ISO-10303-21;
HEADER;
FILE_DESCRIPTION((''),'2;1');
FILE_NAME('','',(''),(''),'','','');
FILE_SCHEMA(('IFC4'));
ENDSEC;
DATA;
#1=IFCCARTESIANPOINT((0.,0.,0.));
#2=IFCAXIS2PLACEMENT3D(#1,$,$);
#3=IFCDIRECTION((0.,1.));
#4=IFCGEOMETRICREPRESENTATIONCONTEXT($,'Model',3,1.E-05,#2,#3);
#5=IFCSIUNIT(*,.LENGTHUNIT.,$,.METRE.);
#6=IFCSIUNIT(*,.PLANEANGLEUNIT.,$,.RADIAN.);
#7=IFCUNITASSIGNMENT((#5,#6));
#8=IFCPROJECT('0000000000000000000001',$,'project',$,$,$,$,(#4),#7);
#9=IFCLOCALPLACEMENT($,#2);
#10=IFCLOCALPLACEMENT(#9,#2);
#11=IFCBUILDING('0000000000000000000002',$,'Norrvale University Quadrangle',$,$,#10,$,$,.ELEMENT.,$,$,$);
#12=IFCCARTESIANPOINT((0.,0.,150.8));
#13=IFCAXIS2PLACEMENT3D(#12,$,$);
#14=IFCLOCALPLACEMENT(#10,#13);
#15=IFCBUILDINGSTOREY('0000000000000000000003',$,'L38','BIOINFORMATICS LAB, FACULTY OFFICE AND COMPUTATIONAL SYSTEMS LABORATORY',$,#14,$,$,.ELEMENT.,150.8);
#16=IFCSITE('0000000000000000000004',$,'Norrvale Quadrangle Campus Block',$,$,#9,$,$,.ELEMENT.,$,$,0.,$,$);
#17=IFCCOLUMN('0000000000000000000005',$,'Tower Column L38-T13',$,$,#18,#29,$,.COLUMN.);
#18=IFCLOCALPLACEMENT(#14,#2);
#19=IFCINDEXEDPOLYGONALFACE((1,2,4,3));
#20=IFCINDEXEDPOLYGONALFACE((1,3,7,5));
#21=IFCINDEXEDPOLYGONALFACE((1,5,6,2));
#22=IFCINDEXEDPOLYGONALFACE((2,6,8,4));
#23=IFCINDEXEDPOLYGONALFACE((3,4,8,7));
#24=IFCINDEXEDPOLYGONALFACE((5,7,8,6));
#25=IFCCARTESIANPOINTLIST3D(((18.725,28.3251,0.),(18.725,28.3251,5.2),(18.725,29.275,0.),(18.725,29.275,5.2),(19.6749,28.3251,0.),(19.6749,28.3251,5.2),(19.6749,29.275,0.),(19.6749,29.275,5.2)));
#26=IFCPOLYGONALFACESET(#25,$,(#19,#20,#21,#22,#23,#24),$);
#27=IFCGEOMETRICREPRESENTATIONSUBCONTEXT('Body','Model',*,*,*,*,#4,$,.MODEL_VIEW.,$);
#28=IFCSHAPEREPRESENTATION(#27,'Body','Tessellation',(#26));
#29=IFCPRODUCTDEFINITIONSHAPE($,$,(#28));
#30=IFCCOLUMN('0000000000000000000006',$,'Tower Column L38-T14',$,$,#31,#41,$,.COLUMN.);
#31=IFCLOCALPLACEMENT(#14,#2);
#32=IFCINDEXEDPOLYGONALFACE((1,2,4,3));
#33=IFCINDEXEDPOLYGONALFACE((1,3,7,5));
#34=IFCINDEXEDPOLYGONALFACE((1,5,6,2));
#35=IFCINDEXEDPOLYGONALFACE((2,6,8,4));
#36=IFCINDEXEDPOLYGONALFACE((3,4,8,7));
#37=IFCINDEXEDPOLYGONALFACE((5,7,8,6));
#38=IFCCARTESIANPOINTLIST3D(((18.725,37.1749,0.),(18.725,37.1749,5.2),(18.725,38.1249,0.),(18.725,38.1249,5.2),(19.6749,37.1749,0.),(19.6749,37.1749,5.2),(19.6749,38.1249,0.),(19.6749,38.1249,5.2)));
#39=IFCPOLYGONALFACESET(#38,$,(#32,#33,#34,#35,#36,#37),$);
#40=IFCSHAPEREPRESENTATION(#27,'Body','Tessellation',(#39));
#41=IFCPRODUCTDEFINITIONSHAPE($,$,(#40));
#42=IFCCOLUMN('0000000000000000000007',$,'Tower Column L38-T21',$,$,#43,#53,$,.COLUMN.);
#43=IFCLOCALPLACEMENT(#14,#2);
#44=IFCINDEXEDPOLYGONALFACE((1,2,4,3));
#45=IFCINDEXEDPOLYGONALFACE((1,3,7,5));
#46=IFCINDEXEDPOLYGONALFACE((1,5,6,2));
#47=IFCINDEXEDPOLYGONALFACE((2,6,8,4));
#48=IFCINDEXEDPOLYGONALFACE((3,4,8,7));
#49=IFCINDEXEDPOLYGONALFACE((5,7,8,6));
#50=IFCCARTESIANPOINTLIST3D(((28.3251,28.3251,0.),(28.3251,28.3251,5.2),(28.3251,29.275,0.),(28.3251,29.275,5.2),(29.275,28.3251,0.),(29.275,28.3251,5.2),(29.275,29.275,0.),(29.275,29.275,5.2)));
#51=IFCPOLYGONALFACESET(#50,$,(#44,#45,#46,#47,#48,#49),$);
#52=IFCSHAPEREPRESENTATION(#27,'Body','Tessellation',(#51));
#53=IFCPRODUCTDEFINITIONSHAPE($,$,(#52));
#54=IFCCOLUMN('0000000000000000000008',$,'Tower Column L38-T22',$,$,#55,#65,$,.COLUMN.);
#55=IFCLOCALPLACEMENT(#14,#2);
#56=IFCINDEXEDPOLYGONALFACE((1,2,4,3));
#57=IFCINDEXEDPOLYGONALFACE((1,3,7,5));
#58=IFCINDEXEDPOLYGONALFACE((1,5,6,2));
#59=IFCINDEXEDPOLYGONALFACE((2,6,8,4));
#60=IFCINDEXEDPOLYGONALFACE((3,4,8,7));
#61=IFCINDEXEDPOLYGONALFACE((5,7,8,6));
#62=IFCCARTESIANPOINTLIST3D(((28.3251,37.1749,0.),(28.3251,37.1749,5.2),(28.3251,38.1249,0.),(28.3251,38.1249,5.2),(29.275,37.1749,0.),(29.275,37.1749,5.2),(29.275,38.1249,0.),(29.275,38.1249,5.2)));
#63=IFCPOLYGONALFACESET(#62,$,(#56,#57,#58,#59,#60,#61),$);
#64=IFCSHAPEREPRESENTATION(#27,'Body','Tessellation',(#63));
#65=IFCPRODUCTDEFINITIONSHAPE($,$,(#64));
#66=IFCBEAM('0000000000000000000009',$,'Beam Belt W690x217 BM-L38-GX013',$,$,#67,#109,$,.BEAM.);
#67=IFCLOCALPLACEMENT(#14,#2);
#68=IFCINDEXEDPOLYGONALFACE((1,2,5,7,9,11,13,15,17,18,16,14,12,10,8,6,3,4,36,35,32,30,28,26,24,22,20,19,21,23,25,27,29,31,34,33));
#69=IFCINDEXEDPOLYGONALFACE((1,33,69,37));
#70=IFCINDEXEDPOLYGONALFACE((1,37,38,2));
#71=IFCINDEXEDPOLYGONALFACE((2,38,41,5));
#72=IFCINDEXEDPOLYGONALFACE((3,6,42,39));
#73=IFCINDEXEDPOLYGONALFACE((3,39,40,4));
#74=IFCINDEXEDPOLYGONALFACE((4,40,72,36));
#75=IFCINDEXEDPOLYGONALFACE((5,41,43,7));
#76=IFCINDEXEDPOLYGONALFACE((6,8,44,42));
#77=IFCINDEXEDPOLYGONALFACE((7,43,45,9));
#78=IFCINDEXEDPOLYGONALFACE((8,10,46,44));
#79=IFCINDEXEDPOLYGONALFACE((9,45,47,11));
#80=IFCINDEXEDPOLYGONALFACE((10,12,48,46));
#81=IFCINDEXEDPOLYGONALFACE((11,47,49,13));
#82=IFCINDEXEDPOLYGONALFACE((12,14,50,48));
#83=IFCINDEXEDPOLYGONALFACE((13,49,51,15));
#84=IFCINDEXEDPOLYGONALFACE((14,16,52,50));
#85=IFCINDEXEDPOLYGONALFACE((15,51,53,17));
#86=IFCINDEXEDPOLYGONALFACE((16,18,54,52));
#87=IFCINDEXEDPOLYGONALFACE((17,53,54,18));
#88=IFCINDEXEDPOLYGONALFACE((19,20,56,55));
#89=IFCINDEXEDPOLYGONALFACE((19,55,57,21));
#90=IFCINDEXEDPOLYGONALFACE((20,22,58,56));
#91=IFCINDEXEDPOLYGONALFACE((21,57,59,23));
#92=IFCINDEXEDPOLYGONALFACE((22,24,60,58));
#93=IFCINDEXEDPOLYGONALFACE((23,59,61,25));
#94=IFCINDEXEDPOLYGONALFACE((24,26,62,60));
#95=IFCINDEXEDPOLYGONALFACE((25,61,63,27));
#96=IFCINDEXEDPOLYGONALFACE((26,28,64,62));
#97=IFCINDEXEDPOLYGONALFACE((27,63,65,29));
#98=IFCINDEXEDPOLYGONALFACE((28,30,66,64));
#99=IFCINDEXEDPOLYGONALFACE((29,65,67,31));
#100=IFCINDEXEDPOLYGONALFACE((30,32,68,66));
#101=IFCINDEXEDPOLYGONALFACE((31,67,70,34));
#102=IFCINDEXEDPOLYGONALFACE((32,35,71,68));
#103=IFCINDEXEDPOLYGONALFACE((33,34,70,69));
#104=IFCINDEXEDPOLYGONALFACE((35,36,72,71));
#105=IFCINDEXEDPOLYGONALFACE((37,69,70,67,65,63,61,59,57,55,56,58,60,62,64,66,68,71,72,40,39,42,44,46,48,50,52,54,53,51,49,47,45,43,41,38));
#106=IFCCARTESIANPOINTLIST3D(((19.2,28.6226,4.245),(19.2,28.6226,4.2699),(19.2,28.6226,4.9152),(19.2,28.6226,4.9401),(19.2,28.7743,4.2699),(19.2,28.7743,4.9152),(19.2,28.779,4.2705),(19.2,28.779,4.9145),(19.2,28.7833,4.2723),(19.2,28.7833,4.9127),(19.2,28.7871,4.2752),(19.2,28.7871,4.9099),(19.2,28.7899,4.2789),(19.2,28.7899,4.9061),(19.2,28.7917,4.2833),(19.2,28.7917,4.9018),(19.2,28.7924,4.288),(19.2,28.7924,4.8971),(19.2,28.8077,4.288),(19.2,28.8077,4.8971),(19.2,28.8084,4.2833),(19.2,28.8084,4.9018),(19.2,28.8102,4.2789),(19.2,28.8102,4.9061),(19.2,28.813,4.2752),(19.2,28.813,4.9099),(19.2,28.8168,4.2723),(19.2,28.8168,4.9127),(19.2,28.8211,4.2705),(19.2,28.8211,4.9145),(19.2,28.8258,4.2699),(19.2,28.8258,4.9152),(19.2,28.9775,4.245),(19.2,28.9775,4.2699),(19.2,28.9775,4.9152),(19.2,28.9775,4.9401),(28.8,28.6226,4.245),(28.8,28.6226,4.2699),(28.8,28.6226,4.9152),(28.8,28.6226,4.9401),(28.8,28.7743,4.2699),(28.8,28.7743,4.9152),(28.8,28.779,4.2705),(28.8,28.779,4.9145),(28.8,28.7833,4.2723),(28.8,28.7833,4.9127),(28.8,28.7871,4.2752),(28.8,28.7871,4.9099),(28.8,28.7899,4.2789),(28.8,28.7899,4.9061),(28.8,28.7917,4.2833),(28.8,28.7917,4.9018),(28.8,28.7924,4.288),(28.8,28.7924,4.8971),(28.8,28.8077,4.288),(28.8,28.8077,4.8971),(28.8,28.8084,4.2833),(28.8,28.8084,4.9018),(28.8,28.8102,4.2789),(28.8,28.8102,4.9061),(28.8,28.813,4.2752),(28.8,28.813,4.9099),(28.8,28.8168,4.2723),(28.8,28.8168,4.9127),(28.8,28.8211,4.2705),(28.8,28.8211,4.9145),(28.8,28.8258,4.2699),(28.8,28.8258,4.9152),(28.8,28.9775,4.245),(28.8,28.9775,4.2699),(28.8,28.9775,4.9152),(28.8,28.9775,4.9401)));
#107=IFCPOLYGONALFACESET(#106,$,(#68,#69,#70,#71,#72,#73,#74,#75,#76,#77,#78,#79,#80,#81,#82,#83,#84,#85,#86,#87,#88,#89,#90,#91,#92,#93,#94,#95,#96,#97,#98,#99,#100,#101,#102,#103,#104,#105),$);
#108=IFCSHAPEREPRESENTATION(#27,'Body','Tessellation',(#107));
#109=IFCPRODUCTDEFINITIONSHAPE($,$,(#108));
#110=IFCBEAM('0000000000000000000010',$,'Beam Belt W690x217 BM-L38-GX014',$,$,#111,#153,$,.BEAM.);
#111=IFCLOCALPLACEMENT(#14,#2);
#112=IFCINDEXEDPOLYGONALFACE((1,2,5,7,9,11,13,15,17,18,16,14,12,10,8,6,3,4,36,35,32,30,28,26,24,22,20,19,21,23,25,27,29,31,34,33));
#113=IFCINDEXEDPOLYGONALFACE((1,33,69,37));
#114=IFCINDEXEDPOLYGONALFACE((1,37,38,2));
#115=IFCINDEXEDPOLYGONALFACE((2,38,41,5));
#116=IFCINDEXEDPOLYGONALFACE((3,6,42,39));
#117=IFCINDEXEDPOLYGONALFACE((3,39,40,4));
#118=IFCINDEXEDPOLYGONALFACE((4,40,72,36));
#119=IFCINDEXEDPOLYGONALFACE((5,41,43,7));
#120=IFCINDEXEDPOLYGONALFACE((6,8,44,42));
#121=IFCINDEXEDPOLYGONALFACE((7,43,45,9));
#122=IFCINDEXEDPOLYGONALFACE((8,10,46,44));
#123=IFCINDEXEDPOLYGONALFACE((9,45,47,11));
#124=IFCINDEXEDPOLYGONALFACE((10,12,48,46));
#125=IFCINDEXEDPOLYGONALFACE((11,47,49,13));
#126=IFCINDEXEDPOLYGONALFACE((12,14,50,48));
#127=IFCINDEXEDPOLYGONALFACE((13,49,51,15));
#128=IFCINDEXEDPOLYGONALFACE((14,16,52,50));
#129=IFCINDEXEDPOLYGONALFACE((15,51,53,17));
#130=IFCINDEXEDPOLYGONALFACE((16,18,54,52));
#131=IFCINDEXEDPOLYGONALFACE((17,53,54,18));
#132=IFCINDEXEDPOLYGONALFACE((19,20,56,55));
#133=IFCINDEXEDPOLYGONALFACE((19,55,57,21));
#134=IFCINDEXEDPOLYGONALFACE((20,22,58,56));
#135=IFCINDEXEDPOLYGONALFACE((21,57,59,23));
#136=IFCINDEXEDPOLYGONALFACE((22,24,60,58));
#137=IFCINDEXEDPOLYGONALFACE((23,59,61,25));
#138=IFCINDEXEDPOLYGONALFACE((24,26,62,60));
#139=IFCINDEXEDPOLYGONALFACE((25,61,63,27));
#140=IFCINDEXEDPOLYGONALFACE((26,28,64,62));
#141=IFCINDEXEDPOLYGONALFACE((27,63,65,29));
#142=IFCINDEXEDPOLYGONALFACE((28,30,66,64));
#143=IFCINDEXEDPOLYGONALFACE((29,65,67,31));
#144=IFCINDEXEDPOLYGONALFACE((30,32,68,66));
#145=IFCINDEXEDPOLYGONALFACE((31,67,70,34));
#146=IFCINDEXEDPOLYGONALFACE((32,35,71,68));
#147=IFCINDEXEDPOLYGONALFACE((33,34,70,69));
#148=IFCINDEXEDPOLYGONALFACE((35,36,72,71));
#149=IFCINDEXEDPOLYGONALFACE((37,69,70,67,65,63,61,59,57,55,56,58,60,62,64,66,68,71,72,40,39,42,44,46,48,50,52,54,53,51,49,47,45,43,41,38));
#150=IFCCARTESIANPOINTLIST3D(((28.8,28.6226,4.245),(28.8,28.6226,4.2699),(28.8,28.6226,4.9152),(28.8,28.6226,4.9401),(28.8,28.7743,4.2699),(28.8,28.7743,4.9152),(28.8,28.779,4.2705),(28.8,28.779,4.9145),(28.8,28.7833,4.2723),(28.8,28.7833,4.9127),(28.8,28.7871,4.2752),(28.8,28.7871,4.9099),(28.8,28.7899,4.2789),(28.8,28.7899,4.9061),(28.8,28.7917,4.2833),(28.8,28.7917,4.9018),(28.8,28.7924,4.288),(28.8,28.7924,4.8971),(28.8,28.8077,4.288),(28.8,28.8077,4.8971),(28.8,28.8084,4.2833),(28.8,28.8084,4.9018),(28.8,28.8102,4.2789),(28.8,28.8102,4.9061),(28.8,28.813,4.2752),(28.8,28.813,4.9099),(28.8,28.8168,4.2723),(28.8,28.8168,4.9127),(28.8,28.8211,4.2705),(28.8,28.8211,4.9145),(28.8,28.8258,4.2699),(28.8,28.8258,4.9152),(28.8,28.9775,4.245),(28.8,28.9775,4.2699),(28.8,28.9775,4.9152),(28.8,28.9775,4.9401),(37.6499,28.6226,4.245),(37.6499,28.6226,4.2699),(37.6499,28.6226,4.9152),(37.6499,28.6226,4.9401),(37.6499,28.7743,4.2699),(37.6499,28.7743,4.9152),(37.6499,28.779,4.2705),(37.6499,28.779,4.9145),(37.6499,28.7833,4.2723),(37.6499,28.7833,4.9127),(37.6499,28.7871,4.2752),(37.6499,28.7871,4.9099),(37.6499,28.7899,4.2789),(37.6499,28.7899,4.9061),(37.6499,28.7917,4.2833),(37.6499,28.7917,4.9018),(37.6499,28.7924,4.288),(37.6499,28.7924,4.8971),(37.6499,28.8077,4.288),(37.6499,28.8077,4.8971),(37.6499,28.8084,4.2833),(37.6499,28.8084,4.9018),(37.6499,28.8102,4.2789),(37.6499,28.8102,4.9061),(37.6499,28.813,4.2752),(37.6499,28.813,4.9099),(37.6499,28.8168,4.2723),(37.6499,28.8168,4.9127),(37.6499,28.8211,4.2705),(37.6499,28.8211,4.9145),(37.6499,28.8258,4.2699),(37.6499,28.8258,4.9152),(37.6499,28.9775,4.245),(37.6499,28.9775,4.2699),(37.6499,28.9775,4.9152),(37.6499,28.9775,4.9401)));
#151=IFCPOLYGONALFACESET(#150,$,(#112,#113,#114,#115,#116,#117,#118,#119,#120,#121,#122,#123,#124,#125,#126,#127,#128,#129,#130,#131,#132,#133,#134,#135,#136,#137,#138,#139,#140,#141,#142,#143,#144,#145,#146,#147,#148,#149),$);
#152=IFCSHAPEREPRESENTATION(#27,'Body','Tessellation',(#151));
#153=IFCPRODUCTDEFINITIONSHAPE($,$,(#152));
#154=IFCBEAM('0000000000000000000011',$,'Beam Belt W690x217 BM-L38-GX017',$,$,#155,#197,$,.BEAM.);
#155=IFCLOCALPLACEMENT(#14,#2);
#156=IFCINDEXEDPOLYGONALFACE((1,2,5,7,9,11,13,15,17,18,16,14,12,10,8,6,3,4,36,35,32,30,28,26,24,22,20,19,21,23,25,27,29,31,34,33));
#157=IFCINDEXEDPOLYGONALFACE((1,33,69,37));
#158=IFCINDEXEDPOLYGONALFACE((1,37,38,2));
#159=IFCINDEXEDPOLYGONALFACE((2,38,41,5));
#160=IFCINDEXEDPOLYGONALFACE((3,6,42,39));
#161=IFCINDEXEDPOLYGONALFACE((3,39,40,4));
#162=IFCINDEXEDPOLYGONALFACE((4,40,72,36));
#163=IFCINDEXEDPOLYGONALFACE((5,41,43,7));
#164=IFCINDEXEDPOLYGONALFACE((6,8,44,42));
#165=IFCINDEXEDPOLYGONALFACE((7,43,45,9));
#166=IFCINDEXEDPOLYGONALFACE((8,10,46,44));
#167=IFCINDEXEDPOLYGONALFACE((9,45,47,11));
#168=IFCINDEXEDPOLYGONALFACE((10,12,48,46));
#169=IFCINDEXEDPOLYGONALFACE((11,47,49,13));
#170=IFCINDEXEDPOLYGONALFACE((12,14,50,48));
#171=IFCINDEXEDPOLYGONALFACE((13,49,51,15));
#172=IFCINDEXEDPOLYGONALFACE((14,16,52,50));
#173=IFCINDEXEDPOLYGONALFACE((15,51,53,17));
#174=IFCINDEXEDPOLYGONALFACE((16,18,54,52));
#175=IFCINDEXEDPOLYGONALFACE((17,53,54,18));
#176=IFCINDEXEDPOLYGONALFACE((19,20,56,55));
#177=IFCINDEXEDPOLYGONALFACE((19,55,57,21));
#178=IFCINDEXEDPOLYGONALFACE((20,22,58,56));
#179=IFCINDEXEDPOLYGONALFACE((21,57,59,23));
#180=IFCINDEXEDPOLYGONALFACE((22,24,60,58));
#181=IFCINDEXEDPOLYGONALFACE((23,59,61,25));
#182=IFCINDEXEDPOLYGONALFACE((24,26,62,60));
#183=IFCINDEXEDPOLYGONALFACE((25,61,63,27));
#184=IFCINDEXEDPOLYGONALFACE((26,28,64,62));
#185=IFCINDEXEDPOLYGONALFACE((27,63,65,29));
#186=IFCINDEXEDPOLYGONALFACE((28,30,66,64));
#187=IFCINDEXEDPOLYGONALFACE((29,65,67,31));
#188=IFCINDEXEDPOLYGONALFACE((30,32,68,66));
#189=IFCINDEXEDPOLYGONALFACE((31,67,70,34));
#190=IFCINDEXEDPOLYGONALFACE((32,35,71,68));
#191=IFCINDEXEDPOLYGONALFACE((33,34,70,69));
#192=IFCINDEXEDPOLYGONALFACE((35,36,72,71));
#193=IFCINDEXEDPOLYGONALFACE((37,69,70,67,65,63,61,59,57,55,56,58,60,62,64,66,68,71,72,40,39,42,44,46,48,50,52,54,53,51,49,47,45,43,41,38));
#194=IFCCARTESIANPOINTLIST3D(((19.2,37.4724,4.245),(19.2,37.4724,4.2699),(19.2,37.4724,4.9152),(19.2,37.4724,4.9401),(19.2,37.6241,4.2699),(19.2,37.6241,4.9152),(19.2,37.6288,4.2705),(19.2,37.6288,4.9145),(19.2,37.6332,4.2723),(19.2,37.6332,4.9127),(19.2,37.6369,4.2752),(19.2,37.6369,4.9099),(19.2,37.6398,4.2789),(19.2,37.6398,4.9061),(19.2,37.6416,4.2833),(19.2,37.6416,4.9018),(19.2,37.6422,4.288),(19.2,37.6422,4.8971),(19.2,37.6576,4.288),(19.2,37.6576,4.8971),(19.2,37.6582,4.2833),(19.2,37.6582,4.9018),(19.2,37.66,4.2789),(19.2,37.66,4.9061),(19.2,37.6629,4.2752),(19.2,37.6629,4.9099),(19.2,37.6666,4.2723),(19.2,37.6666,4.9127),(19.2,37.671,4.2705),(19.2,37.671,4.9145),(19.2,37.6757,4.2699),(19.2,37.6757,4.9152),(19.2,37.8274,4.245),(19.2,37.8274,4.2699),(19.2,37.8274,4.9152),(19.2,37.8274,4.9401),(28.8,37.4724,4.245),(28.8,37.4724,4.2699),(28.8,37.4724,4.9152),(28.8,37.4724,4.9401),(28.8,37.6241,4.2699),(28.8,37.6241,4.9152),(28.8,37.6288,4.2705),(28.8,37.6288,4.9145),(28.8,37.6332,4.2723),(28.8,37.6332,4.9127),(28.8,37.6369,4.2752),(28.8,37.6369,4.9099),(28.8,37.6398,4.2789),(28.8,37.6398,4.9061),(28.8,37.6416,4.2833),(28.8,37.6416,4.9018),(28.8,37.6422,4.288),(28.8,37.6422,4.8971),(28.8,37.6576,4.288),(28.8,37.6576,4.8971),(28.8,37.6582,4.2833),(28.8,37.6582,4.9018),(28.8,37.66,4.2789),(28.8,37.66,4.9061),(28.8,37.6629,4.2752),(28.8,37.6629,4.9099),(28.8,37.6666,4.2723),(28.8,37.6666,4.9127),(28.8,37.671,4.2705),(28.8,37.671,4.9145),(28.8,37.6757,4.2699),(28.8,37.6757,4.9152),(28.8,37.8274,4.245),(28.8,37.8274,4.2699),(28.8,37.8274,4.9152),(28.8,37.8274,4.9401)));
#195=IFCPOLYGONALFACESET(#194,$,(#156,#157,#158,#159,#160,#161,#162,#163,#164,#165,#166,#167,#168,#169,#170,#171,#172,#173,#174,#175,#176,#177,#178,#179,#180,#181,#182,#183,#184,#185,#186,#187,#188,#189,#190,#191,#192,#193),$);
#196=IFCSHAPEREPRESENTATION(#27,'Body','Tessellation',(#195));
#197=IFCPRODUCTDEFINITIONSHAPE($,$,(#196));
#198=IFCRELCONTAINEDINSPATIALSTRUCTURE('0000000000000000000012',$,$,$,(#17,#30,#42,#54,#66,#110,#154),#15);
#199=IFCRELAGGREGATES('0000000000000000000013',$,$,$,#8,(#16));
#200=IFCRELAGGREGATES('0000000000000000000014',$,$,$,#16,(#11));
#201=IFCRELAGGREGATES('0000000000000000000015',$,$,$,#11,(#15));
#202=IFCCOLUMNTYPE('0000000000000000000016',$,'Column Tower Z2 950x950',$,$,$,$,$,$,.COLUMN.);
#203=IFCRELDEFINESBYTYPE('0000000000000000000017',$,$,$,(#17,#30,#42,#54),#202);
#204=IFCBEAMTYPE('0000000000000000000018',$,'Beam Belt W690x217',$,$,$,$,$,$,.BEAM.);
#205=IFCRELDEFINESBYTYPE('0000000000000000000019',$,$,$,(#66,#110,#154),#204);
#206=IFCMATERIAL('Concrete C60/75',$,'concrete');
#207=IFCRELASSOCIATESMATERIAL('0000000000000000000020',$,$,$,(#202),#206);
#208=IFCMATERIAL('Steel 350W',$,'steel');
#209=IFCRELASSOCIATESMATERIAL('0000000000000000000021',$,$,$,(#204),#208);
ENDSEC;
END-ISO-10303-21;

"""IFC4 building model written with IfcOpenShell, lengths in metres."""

from ifc_helpers import new_model, si_unit, direction, frame, origin, origin_2d, place, context, subcontext, project, spatial, rectangle, i_section, extrude, material, material_profile, profile_set, type_object, element, save


model = new_model("IFC4")

# Units and contexts
model_context = context("Model", 3, precision=1e-05, world=origin(), true_north=direction((0.0, 1.0)))
body_context = subcontext(model_context, "Body", "Model", "MODEL_VIEW")
ifc_project = project(units=[si_unit("LENGTHUNIT", "METRE"), si_unit("PLANEANGLEUNIT", "RADIAN")], contexts=[model_context])

# Site, building, storey
site_placement = place(None, origin())
site = spatial("IfcSite", under=ifc_project, at=site_placement, Name="Norrvale Quadrangle Campus Block", CompositionType="ELEMENT", RefElevation=0.0)
building_placement = place(site_placement, origin())
building = spatial("IfcBuilding", under=site, at=building_placement, Name="Norrvale University Quadrangle", CompositionType="ELEMENT")
storey_placement = place(building_placement, frame((0.0, 0.0, 150.8)))
storey = spatial("IfcBuildingStorey", under=building, at=storey_placement, Name="L38", Description="BIOINFORMATICS LAB, FACULTY OFFICE AND COMPUTATIONAL SYSTEMS LABORATORY", CompositionType="ELEMENT", Elevation=150.8)

# Columns
ifc_material_1 = material(Name="Concrete C60/75", Category="concrete")
ifc_material_profile_1 = material_profile(ifc_material_1, rectangle(XDim=0.95, YDim=0.95, at=origin_2d()), Name="Concrete C60/75")
ifc_profile_set_1 = profile_set([ifc_material_profile_1], Name="Concrete C60/75")
column_type = type_object("IfcColumnType", Name="Column Tower Z2 950x950", PredefinedType="COLUMN", material=ifc_profile_set_1)
for number, where, z_axis, x_axis, name in (
    (1, (19.2, 28.8, 0.0), (0.0, 0.0, 1.0), (1.0, 0.0, 0.0), "Tower Column L38-T13"),
    (2, (19.2, 37.6499, 0.0), (0.0, 0.0, 1.0), (1.0, 0.0, 0.0), "Tower Column L38-T14"),
    (3, (28.8, 28.8, 0.0), (0.0, 0.0, 1.0), (1.0, 0.0, 0.0), "Tower Column L38-T21"),
    (4, (28.8, 37.6499, 0.0), (0.0, 0.0, 1.0), (1.0, 0.0, 0.0), "Tower Column L38-T22"),
):
    element("IfcColumn", number, at=place(storey_placement, frame(where, z_axis=z_axis, x_axis=x_axis)), inside=storey, type_object=column_type, Name=name, PredefinedType="COLUMN", context=body_context, shape_type="SweptSolid", body=[
        extrude(rectangle(XDim=0.95, YDim=0.95, at=origin_2d()), origin(), (0.0, 0.0, 1.0), 5.2),
    ])

# Beams
ifc_material_2 = material(Name="Steel 350W", Category="steel")
ifc_material_profile_2 = material_profile(ifc_material_2, i_section(OverallWidth=0.355, OverallDepth=0.6951, WebThickness=0.0154, FlangeThickness=0.0249, FilletRadius=0.0181, at=origin_2d()), Name="Steel 350W")
ifc_profile_set_2 = profile_set([ifc_material_profile_2], Name="Steel 350W")
beam_type_1 = type_object("IfcBeamType", Name="Beam Belt W690x217", PredefinedType="BEAM", material=ifc_profile_set_2)
beam_1_placement = place(storey_placement, frame((19.2, 28.8, 4.5925), z_axis=(1.0, 0.0, 0.0), x_axis=(0.0, 1.0, 0.0)))
element("IfcBeam", 5, at=beam_1_placement, inside=storey, type_object=beam_type_1, Name="Beam Belt W690x217 BM-L38-GX013", PredefinedType="BEAM", context=body_context, shape_type="SweptSolid", body=[
    extrude(i_section(OverallWidth=0.355, OverallDepth=0.6951, WebThickness=0.0154, FlangeThickness=0.0249, FilletRadius=0.0181, at=origin_2d()), origin(), (0.0, 0.0, 1.0), 9.6001),
])
beam_2_placement = place(storey_placement, frame((28.8, 28.8, 4.5925), z_axis=(1.0, 0.0, 0.0), x_axis=(0.0, 1.0, 0.0)))
element("IfcBeam", 6, at=beam_2_placement, inside=storey, type_object=beam_type_1, Name="Beam Belt W690x217 BM-L38-GX014", PredefinedType="BEAM", context=body_context, shape_type="SweptSolid", body=[
    extrude(i_section(OverallWidth=0.355, OverallDepth=0.6951, WebThickness=0.0154, FlangeThickness=0.0249, FilletRadius=0.0181, at=origin_2d()), origin(), (0.0, 0.0, 1.0), 8.8499),
])
beam_3_placement = place(storey_placement, frame((19.2, 37.6499, 4.5925), z_axis=(1.0, 0.0, 0.0), x_axis=(0.0, 1.0, 0.0)))
element("IfcBeam", 7, at=beam_3_placement, inside=storey, type_object=beam_type_1, Name="Beam Belt W690x217 BM-L38-GX017", PredefinedType="BEAM", context=body_context, shape_type="SweptSolid", body=[
    extrude(i_section(OverallWidth=0.355, OverallDepth=0.6951, WebThickness=0.0154, FlangeThickness=0.0249, FilletRadius=0.0181, at=origin_2d()), origin(), (0.0, 0.0, 1.0), 9.6001),
])

save(model, "model.ifc")
